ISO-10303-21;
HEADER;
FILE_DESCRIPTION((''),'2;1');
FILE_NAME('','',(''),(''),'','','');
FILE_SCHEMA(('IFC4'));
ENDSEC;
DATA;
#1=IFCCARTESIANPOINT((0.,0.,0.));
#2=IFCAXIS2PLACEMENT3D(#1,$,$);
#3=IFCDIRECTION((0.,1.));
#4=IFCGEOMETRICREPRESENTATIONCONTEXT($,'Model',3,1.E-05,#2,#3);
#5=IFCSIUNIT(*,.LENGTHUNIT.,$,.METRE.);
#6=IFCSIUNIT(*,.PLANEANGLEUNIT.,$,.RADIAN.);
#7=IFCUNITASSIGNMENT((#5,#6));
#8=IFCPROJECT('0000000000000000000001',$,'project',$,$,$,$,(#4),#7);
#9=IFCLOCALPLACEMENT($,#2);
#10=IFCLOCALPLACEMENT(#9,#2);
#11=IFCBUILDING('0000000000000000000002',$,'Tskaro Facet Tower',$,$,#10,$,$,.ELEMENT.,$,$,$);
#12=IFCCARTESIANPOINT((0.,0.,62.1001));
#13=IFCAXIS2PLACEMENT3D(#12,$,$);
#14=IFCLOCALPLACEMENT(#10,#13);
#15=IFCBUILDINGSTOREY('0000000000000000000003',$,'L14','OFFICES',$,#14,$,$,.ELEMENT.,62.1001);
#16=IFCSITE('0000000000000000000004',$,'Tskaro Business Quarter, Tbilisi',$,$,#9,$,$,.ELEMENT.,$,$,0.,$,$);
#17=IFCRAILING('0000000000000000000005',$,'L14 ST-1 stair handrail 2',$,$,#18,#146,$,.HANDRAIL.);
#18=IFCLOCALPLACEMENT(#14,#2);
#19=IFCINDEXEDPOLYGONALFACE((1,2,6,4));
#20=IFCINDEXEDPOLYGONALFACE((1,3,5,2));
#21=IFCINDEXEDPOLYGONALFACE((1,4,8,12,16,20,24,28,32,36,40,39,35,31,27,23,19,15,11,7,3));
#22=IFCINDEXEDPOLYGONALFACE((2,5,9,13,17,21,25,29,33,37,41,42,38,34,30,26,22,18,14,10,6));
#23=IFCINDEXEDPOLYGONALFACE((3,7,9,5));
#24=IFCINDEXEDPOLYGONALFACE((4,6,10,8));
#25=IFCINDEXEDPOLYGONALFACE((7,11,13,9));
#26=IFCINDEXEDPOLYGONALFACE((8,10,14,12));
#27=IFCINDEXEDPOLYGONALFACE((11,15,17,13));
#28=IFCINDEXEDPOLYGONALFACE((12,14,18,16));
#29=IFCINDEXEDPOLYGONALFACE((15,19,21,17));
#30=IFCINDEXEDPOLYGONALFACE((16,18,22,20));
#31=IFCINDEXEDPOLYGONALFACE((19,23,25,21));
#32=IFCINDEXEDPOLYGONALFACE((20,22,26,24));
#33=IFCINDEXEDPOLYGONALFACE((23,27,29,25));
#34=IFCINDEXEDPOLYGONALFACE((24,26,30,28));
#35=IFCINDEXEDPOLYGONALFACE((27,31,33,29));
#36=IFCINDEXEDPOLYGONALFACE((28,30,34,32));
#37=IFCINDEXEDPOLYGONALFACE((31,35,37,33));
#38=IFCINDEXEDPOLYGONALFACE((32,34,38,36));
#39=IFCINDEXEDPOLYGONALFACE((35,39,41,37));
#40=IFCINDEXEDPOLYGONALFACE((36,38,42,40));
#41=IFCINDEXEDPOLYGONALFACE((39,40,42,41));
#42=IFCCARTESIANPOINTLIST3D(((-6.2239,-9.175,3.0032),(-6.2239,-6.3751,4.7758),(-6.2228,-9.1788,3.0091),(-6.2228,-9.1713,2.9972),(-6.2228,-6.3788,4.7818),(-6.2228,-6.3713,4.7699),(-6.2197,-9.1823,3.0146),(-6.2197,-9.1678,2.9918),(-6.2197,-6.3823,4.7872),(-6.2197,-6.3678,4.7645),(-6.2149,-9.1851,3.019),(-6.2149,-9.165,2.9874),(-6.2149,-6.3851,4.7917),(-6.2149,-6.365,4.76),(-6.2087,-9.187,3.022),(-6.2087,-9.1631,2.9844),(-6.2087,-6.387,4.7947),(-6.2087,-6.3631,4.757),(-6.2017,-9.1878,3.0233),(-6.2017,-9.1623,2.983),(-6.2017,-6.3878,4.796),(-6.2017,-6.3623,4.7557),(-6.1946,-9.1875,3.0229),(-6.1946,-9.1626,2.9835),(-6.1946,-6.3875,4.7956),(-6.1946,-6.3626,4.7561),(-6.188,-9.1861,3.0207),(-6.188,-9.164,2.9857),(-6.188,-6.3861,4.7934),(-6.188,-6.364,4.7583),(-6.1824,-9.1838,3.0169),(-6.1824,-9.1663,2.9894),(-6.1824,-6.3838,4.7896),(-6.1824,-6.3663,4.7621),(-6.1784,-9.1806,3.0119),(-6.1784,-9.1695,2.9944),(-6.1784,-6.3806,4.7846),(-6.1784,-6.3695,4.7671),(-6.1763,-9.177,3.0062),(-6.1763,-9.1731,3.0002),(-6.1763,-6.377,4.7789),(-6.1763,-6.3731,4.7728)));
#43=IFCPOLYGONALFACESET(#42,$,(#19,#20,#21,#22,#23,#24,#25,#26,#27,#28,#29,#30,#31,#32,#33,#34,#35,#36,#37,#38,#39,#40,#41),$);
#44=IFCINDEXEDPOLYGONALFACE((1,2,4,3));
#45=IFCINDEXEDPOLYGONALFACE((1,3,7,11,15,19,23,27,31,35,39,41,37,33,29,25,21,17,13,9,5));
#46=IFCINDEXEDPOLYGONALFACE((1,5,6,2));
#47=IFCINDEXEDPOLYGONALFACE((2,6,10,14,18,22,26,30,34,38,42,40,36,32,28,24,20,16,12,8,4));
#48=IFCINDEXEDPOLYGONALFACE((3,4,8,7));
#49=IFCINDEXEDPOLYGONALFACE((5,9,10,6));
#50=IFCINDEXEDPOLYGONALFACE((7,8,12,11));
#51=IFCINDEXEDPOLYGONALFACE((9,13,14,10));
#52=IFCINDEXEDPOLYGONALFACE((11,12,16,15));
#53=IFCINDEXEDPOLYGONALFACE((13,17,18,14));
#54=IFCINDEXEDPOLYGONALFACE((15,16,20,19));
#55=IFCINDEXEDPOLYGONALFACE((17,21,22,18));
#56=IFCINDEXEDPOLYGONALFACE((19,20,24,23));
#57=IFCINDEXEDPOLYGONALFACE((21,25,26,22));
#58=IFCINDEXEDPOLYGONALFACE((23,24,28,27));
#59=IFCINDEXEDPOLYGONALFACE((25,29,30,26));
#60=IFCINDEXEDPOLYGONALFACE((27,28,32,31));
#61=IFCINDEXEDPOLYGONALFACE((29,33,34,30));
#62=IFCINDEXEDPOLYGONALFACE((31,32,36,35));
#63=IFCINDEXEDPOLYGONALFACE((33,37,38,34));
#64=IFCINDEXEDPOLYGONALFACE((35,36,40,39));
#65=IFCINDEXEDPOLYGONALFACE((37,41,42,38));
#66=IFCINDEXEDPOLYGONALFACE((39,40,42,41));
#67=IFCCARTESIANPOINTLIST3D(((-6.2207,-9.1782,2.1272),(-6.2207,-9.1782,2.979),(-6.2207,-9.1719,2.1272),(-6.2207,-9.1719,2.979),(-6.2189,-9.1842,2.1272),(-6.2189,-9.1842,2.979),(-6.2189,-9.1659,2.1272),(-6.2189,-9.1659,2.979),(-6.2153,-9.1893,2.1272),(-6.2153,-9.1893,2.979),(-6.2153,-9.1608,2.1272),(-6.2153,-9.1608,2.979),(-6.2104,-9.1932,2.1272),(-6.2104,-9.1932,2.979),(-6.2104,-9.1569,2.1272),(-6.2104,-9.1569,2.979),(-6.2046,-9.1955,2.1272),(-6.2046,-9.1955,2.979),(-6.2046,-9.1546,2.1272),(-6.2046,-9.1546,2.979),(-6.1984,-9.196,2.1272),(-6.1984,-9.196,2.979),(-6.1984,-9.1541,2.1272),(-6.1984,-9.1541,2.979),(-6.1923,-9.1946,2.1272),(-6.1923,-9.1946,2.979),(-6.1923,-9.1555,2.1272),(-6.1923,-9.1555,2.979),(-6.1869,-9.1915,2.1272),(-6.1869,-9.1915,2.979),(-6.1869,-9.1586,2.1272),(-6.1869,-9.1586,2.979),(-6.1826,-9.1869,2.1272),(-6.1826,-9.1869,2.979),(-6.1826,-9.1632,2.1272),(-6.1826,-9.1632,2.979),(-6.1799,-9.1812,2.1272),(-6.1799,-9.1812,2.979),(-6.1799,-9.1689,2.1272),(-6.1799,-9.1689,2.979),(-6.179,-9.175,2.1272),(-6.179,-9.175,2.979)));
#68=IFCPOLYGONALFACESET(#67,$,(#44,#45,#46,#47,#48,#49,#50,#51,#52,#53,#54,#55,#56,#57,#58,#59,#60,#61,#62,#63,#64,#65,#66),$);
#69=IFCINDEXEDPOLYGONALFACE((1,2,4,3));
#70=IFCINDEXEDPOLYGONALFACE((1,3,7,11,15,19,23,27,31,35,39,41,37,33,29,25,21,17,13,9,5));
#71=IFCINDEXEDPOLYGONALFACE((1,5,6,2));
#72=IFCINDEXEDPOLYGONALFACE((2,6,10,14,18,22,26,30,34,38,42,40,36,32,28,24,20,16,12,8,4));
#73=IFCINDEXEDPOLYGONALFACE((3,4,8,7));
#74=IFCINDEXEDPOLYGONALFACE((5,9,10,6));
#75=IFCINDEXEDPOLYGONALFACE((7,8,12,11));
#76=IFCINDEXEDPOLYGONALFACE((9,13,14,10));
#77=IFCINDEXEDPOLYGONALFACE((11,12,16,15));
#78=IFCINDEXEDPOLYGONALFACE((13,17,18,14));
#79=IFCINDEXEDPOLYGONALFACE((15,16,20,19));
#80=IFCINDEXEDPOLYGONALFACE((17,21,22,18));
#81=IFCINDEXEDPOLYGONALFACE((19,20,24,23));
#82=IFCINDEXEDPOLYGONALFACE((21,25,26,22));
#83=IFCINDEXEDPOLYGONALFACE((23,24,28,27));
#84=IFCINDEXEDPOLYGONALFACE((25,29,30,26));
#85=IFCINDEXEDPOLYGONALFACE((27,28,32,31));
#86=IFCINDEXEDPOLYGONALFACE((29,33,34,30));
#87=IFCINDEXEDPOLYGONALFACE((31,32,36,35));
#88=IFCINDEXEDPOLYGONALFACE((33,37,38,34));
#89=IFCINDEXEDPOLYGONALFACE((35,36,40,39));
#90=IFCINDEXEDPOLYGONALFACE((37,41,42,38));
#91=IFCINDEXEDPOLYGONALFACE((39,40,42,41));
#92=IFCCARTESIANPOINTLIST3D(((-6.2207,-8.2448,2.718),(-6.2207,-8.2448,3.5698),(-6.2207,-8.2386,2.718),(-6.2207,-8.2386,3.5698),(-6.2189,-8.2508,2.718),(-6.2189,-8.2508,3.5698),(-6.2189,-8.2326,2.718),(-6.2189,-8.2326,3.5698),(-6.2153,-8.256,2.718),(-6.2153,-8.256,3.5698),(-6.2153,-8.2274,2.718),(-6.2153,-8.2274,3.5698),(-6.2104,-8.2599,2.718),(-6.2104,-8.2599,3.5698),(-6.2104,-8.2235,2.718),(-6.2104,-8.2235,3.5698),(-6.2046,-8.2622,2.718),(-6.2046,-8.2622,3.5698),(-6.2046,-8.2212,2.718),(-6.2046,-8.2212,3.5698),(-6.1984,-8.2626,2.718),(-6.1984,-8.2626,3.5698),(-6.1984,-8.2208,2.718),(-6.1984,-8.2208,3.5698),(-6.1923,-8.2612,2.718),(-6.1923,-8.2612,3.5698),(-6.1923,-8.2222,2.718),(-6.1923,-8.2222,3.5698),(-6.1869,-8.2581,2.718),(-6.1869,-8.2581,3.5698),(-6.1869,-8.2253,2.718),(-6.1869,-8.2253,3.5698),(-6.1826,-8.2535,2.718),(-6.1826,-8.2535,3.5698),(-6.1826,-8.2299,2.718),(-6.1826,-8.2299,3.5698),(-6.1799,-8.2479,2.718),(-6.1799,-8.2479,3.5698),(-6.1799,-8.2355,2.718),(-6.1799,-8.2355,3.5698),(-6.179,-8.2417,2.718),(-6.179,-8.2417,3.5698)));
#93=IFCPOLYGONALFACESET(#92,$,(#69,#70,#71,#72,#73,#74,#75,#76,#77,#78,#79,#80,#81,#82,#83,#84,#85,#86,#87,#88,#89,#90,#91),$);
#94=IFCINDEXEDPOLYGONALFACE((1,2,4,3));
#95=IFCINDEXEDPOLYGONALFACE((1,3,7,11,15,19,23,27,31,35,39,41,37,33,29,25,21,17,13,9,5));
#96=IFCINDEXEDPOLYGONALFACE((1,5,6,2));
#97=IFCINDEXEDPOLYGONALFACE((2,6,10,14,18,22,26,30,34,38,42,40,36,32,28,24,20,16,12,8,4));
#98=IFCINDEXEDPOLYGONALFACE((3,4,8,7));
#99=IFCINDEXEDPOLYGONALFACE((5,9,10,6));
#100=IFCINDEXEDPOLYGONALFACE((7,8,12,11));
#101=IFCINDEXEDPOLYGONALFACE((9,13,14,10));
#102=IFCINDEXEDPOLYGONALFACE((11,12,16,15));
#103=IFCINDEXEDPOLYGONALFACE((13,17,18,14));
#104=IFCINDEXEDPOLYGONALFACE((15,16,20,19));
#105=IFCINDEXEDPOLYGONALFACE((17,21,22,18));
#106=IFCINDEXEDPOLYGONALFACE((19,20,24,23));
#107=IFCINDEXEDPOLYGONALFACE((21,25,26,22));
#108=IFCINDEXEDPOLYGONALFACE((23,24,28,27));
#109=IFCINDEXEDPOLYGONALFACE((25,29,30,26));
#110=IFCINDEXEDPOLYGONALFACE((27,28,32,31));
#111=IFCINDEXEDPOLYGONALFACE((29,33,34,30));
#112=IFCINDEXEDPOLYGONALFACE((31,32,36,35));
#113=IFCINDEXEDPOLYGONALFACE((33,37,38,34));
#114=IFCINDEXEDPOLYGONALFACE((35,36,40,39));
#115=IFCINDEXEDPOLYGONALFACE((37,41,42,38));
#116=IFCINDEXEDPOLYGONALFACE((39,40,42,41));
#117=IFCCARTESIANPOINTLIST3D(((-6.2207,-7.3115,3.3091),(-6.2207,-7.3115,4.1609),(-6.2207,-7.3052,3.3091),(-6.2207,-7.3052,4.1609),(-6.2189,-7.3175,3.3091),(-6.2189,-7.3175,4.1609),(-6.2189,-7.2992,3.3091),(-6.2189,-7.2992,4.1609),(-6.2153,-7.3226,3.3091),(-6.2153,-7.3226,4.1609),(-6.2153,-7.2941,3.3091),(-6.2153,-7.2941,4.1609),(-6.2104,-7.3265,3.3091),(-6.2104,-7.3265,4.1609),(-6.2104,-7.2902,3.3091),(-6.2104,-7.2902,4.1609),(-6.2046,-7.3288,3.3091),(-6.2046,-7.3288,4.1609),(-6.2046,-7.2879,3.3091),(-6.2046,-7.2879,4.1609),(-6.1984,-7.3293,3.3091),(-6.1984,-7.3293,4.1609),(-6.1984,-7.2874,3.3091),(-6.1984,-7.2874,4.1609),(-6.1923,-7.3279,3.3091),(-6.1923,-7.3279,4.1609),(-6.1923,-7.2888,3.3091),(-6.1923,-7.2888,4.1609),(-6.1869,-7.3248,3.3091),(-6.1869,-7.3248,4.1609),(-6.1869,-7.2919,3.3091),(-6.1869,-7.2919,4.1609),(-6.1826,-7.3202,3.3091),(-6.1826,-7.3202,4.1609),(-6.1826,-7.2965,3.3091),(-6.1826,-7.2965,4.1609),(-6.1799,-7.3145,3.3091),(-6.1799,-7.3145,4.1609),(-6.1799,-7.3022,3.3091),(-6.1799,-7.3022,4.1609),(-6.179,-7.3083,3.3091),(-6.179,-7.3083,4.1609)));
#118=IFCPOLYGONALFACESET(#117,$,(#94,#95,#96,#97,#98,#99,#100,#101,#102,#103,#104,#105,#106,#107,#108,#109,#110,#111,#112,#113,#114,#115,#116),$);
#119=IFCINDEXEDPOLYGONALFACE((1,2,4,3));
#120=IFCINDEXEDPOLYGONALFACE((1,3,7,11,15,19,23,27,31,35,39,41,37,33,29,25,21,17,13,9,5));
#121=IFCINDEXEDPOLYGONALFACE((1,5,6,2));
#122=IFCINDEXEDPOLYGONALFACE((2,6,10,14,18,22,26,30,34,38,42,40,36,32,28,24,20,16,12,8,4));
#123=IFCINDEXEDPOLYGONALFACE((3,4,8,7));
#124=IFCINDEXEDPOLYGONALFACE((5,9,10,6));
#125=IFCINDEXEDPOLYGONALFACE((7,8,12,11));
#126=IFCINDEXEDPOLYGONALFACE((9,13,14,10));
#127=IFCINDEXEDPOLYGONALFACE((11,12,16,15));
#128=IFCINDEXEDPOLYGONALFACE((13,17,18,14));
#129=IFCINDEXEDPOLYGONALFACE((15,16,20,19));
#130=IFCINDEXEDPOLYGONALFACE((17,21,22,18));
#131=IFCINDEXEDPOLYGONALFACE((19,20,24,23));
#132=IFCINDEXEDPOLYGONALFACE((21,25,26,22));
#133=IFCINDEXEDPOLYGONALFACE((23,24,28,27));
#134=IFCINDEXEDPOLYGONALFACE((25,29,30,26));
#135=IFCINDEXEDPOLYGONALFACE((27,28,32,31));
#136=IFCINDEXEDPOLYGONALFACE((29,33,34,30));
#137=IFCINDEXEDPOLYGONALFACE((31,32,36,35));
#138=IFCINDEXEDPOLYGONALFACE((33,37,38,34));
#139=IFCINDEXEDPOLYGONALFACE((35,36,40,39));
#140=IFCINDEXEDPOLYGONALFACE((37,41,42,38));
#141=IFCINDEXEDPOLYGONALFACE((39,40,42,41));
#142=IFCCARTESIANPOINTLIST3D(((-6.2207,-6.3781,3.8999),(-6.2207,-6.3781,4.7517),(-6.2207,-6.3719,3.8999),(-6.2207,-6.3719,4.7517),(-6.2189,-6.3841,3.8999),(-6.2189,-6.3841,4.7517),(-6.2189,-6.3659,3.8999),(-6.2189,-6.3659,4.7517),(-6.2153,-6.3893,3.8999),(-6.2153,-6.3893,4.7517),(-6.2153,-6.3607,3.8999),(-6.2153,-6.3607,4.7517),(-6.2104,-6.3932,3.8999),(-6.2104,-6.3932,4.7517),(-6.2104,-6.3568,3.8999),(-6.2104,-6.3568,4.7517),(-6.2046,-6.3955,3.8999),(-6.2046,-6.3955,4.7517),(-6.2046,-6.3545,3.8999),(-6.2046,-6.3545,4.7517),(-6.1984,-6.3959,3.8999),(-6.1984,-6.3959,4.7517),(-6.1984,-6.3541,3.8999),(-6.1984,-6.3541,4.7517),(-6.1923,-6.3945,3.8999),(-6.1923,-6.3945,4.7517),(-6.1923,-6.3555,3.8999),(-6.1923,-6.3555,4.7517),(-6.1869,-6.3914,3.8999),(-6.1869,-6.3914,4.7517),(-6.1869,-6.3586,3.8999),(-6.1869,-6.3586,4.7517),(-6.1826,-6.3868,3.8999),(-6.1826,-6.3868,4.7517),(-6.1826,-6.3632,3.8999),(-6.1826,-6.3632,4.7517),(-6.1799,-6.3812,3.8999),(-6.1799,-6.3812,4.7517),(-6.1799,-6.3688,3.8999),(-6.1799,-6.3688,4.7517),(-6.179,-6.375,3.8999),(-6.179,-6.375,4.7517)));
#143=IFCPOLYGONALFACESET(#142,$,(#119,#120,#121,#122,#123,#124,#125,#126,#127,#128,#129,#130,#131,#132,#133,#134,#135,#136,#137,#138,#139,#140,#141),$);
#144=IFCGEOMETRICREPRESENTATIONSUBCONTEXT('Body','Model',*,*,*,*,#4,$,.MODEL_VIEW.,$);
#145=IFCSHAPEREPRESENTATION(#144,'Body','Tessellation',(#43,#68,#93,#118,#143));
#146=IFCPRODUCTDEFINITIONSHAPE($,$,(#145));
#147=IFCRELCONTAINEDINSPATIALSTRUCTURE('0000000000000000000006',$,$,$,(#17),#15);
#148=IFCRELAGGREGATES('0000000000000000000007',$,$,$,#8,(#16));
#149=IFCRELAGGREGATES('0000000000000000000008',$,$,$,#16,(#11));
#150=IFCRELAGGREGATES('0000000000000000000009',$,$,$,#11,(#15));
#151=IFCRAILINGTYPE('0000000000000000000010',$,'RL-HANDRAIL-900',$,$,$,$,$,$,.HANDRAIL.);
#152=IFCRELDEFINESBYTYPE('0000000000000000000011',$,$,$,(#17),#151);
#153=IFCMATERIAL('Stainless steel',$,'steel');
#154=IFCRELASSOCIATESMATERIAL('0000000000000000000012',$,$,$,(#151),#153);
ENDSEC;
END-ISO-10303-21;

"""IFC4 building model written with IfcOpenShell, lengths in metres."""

from ifc_helpers import new_model, si_unit, direction, frame, origin, origin_2d, place, context, subcontext, project, spatial, circle, extrude, material, type_object, element, save


model = new_model("IFC4")

# Units and contexts
model_context = context("Model", 3, precision=1e-05, world=origin(), true_north=direction((0.0, 1.0)))
body_context = subcontext(model_context, "Body", "Model", "MODEL_VIEW")
ifc_project = project(units=[si_unit("LENGTHUNIT", "METRE"), si_unit("PLANEANGLEUNIT", "RADIAN")], contexts=[model_context])

# Site, building, storey
site_placement = place(None, origin())
site = spatial("IfcSite", under=ifc_project, at=site_placement, Name="Tskaro Business Quarter, Tbilisi", CompositionType="ELEMENT", RefElevation=0.0)
building_placement = place(site_placement, origin())
building = spatial("IfcBuilding", under=site, at=building_placement, Name="Tskaro Facet Tower", CompositionType="ELEMENT")
storey_placement = place(building_placement, frame((0.0, 0.0, 62.1001)))
storey = spatial("IfcBuildingStorey", under=building, at=storey_placement, Name="L14", Description="OFFICES", CompositionType="ELEMENT", Elevation=62.1001)

# Shared definitions
ifc_material_1 = material(Name="Stainless steel", Category="steel")

# Railing
railing_type_1 = type_object("IfcRailingType", Name="RL-HANDRAIL-900", PredefinedType="HANDRAIL", material=ifc_material_1)
railing_1_placement = place(storey_placement, frame((-6.2, -9.175, 2.1272)))
element("IfcRailing", 1, at=railing_1_placement, inside=storey, type_object=railing_type_1, Name="L14 ST-1 stair handrail 2", PredefinedType="HANDRAIL", context=body_context, shape_type="SweptSolid", body=[
    extrude(circle(Radius=0.0239, at=origin_2d()), frame((0.0, 0.0, 0.876), z_axis=(0.0, 0.844909, 0.53491), x_axis=(-1.0, 0.0, 0.0)), (0.0, 0.0, 1.0), 3.314),
    extrude(circle(Radius=0.021, at=origin_2d()), origin(), (0.0, 0.0, 1.0), 0.8518),
    extrude(circle(Radius=0.021, at=origin_2d()), frame((0.0, 0.9333, 0.5908)), (0.0, 0.0, 1.0), 0.8518),
    extrude(circle(Radius=0.021, at=origin_2d()), frame((0.0, 1.8667, 1.1819)), (0.0, 0.0, 1.0), 0.8518),
    extrude(circle(Radius=0.021, at=origin_2d()), frame((0.0, 2.8, 1.7727)), (0.0, 0.0, 1.0), 0.8518),
])

save(model, "model.ifc")
